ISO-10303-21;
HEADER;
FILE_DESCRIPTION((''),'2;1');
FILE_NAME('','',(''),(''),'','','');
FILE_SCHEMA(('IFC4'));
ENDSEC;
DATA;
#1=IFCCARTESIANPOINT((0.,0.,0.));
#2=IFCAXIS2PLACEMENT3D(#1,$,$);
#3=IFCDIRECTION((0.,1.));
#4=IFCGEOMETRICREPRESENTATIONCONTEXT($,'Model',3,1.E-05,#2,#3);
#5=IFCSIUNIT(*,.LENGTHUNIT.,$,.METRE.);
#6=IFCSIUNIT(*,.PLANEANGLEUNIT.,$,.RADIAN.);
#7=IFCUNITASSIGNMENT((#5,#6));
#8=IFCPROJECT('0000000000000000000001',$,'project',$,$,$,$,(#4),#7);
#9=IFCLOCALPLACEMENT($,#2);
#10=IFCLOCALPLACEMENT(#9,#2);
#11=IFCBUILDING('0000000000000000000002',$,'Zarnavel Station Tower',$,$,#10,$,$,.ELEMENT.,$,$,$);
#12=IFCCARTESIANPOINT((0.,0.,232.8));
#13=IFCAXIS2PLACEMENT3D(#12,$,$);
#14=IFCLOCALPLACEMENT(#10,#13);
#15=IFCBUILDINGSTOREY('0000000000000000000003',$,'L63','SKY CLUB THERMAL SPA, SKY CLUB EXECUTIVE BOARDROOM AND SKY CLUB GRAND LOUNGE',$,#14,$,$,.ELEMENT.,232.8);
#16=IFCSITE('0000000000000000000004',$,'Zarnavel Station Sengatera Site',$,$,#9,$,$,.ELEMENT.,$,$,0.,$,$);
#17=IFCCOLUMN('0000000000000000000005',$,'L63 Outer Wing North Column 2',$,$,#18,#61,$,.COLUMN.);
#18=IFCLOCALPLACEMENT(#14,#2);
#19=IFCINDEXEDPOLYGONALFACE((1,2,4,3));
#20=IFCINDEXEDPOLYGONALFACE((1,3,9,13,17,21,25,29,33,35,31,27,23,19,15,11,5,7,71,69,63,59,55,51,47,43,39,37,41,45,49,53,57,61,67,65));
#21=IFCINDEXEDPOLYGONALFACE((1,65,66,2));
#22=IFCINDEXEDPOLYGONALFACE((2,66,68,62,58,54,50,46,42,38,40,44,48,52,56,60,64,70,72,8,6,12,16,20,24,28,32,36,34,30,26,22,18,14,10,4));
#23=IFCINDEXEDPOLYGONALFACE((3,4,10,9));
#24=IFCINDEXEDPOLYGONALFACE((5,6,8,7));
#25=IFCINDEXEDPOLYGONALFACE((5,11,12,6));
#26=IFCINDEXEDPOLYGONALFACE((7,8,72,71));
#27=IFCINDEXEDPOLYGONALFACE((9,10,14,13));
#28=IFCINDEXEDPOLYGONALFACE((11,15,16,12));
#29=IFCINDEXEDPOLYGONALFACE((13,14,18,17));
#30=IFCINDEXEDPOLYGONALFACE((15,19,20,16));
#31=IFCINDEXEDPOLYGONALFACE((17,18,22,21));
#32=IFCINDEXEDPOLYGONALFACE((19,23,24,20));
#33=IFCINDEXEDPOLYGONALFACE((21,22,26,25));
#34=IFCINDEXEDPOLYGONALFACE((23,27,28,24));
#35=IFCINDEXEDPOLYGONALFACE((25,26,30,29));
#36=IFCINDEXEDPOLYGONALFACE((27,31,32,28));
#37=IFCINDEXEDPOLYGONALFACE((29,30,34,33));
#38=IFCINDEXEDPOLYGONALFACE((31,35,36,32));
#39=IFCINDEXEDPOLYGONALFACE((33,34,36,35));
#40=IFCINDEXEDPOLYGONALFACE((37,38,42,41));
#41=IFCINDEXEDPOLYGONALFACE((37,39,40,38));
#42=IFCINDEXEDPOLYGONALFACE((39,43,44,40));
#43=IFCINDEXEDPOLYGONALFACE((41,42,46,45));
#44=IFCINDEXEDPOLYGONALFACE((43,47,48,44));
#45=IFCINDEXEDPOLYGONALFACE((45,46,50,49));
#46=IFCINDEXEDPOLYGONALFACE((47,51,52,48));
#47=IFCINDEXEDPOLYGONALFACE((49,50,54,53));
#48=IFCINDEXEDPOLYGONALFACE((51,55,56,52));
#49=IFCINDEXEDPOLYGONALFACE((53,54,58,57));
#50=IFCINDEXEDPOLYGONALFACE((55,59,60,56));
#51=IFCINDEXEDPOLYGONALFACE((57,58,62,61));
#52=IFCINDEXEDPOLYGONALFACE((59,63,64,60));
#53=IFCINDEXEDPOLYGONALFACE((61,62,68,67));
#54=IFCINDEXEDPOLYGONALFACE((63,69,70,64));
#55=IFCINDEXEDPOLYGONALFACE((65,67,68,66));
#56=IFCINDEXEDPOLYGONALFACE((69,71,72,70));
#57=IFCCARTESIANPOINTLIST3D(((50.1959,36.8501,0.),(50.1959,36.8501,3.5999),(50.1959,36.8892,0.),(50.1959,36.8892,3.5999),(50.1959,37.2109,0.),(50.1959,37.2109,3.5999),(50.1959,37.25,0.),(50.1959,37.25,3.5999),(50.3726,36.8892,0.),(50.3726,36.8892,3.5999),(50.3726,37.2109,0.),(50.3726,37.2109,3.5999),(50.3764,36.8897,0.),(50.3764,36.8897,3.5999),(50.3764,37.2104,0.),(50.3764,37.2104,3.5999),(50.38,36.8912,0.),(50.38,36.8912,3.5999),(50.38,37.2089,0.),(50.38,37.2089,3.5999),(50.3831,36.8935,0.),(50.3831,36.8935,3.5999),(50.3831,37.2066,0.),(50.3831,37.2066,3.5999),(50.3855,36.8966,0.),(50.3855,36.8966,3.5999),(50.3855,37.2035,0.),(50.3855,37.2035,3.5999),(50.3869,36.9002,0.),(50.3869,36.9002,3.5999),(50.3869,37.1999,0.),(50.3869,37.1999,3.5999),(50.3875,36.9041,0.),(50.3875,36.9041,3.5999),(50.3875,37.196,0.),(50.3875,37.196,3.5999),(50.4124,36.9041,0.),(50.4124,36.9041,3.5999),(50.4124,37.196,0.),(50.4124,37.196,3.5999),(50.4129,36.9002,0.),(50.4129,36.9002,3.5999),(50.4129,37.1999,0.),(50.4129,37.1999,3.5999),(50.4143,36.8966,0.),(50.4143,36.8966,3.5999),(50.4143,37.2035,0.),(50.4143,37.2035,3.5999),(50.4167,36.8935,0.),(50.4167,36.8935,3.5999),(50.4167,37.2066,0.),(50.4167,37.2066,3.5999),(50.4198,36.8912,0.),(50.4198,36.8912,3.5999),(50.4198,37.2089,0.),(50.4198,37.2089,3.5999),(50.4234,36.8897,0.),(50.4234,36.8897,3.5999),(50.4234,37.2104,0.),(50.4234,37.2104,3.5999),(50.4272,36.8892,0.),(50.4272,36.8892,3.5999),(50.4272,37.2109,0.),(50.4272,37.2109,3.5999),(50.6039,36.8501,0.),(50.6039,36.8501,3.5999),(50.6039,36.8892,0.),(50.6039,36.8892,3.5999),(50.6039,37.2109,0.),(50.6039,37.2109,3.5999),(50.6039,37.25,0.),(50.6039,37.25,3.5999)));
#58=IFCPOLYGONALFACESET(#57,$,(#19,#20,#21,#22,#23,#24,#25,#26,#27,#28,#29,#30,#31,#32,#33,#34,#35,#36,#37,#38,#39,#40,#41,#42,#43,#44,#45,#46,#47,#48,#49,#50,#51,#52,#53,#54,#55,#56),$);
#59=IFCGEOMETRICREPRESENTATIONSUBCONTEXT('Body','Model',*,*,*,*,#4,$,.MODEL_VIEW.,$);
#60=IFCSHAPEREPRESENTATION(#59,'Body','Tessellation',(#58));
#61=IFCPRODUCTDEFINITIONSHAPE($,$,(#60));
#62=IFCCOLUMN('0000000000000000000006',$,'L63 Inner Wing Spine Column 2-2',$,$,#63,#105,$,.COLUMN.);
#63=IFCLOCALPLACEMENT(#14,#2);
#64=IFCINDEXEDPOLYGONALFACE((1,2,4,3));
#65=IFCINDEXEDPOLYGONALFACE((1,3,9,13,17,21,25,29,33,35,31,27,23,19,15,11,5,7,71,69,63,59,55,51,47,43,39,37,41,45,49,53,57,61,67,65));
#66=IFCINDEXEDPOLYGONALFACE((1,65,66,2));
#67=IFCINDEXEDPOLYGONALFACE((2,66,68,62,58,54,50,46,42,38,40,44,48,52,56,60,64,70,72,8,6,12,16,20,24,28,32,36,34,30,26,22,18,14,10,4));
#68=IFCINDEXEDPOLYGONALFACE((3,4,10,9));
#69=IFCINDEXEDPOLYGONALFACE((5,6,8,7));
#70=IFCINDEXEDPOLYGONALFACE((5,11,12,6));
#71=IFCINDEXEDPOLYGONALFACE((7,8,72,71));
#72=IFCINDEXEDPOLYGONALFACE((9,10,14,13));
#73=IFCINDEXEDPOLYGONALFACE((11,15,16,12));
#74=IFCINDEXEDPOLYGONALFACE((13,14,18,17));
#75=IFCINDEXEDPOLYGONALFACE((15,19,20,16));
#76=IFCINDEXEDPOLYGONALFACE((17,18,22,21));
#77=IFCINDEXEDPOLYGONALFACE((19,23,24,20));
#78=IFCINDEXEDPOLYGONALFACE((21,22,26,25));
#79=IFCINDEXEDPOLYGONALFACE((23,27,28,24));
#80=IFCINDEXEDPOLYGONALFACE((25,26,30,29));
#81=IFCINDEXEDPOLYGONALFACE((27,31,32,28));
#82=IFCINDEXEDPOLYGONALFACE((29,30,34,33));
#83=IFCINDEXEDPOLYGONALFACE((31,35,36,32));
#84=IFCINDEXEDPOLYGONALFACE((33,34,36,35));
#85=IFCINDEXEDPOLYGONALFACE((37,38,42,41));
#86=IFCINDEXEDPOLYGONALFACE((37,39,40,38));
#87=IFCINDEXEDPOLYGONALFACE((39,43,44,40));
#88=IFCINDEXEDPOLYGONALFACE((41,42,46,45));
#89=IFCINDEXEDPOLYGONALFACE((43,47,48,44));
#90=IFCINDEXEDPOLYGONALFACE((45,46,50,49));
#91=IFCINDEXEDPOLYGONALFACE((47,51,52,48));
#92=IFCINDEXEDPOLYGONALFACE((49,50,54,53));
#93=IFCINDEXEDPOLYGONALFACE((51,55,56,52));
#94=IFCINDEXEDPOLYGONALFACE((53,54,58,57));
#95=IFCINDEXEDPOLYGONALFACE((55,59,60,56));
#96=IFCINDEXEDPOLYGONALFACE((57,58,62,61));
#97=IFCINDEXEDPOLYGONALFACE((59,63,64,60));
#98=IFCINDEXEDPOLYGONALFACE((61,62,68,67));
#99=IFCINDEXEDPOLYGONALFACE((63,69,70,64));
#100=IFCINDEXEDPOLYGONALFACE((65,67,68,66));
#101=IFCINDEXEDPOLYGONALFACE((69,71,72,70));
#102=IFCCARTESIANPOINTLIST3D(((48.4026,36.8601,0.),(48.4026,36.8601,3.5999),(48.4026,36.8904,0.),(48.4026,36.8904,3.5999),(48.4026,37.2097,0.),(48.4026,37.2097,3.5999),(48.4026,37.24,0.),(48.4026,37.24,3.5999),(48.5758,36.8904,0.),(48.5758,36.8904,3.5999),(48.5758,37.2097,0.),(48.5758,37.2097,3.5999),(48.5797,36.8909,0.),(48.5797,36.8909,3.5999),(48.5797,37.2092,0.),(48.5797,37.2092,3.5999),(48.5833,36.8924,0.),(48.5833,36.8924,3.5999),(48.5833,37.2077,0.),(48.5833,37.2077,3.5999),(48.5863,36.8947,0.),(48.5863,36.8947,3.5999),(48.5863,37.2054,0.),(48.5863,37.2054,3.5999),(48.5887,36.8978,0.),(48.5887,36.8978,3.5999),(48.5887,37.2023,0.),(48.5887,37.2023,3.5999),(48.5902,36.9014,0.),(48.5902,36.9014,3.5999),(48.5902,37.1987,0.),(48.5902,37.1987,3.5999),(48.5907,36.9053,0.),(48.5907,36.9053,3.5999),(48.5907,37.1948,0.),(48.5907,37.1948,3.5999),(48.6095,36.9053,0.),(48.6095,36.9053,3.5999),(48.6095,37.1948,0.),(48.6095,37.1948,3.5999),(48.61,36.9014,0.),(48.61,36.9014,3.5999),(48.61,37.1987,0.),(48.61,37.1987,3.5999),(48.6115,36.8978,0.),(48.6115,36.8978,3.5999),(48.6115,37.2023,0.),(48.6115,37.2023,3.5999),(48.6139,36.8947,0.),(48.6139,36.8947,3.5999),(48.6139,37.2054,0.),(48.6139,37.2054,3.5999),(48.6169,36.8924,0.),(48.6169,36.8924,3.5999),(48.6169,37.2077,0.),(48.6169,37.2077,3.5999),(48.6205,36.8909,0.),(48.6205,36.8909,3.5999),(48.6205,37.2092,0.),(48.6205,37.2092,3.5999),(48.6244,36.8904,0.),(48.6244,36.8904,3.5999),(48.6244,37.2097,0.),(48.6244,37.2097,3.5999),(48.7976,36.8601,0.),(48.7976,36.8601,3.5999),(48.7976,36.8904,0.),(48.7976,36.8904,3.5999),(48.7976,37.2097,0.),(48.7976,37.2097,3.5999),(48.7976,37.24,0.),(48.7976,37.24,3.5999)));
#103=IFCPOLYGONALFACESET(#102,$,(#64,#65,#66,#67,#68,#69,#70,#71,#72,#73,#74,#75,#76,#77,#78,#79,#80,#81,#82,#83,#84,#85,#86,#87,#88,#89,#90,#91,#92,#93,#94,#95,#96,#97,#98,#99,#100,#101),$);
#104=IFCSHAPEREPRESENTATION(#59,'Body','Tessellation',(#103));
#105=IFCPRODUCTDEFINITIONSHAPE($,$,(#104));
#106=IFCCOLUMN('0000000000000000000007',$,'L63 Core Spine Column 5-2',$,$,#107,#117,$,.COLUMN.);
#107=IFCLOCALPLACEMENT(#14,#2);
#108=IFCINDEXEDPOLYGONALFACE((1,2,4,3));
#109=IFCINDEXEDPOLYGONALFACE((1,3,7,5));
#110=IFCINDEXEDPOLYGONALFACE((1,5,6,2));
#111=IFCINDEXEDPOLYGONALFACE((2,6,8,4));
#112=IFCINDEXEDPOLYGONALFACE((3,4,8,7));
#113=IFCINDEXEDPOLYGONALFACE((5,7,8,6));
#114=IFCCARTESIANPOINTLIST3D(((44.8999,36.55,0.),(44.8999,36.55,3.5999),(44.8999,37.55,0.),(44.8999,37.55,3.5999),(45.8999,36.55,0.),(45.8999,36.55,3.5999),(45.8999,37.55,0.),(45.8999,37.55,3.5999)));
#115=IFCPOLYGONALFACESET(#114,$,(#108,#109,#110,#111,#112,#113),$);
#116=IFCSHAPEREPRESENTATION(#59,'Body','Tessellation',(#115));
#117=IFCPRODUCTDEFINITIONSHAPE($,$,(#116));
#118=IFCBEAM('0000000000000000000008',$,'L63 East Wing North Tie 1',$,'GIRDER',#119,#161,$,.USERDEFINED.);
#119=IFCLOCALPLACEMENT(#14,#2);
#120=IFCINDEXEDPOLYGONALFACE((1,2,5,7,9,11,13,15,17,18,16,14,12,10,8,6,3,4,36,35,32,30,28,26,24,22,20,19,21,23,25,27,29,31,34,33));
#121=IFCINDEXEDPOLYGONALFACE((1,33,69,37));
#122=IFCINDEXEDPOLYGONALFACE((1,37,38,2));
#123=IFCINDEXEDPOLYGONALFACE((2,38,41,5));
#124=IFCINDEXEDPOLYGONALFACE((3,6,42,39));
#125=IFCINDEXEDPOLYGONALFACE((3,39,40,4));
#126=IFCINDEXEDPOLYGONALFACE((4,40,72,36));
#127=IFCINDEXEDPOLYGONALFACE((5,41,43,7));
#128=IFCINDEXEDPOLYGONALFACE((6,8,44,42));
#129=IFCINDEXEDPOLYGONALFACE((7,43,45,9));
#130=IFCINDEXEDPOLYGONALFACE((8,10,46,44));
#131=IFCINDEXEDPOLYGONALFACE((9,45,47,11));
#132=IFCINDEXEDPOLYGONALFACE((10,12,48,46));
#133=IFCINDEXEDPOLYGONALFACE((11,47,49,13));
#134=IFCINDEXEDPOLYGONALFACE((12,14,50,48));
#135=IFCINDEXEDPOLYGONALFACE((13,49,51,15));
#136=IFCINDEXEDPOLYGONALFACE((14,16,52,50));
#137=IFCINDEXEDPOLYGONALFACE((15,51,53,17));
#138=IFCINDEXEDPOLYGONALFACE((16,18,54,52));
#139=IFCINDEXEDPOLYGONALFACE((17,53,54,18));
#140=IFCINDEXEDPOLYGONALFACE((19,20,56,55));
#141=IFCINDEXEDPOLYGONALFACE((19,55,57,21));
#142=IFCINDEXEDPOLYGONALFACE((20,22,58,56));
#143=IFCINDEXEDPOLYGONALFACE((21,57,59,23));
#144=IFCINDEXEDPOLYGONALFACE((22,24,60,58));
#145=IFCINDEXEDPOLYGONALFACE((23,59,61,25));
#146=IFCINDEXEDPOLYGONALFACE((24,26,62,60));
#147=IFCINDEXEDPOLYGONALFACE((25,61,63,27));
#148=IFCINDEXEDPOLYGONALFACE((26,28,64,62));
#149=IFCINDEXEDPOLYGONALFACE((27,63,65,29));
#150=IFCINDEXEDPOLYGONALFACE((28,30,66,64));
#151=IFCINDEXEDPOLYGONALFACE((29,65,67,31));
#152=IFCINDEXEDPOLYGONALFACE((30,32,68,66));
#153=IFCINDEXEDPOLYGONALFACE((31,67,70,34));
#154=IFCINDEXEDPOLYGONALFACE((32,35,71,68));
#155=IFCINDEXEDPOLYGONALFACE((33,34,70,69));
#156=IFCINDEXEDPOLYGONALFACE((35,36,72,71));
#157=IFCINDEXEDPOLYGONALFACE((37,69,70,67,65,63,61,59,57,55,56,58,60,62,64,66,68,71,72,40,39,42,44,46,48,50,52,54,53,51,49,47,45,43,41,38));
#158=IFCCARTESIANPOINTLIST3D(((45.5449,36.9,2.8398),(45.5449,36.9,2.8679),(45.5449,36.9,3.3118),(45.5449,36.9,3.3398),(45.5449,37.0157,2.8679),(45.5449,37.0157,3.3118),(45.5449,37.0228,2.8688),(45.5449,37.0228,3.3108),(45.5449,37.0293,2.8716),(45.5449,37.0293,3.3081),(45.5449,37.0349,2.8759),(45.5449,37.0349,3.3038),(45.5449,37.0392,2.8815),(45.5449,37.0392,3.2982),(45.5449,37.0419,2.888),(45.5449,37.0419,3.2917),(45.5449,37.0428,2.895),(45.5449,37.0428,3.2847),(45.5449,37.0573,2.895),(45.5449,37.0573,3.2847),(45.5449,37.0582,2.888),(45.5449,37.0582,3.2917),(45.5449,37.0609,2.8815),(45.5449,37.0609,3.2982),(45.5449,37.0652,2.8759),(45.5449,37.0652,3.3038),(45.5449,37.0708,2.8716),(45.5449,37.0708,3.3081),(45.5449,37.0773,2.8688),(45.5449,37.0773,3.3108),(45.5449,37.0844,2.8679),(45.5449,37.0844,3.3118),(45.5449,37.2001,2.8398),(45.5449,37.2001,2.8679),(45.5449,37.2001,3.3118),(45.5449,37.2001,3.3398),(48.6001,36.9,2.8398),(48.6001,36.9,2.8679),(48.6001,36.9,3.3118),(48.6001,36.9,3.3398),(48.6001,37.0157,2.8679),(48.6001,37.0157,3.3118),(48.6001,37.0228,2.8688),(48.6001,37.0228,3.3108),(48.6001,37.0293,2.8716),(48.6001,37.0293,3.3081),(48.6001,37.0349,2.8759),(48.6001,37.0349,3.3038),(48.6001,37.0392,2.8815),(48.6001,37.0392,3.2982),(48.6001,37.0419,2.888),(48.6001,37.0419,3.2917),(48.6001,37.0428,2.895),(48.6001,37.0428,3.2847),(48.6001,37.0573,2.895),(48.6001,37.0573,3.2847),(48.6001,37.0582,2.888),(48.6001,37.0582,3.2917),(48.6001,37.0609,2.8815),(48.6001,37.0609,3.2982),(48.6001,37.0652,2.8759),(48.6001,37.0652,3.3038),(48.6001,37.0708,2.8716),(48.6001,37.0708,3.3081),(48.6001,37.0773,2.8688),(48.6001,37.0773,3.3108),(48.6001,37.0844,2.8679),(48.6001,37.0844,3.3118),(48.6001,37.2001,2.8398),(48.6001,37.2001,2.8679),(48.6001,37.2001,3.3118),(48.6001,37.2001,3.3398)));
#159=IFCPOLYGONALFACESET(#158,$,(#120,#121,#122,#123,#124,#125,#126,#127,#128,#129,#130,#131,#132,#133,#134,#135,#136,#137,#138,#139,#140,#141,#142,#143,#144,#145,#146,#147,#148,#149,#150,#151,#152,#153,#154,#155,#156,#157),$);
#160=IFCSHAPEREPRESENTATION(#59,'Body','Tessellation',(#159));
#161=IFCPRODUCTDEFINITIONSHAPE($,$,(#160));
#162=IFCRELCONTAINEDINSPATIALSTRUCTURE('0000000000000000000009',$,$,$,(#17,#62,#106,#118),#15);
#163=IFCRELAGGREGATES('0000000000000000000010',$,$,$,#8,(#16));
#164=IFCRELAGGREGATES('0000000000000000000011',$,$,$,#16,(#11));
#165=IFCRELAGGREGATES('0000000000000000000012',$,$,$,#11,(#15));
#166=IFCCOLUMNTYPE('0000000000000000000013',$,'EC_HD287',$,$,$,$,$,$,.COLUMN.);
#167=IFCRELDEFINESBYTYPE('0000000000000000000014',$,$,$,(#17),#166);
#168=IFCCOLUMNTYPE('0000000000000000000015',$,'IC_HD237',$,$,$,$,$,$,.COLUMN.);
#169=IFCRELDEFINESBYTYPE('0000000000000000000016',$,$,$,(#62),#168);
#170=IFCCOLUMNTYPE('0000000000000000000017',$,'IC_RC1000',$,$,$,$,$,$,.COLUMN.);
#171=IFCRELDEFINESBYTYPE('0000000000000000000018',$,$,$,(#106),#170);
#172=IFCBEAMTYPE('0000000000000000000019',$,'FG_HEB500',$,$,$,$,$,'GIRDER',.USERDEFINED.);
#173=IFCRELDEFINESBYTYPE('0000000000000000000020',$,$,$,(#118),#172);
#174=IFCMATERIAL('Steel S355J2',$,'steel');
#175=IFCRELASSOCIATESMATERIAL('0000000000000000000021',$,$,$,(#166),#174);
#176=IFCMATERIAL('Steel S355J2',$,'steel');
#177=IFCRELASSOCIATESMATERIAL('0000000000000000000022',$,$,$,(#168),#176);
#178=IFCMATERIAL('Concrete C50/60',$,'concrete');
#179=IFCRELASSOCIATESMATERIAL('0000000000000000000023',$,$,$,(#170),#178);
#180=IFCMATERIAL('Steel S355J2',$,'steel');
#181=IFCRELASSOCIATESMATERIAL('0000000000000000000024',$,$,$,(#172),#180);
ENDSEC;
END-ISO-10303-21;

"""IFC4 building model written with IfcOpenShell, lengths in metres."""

from ifc_helpers import new_model, si_unit, direction, frame, origin, origin_2d, place, context, subcontext, project, spatial, rectangle, i_section, extrude, material, material_profile, profile_set, type_object, element, save


model = new_model("IFC4")

# Units and contexts
model_context = context("Model", 3, precision=1e-05, world=origin(), true_north=direction((0.0, 1.0)))
body_context = subcontext(model_context, "Body", "Model", "MODEL_VIEW")
ifc_project = project(units=[si_unit("LENGTHUNIT", "METRE"), si_unit("PLANEANGLEUNIT", "RADIAN")], contexts=[model_context])

# Site, building, storey
site_placement = place(None, origin())
site = spatial("IfcSite", under=ifc_project, at=site_placement, Name="Zarnavel Station Sengatera Site", CompositionType="ELEMENT", RefElevation=0.0)
building_placement = place(site_placement, origin())
building = spatial("IfcBuilding", under=site, at=building_placement, Name="Zarnavel Station Tower", CompositionType="ELEMENT")
storey_placement = place(building_placement, frame((0.0, 0.0, 232.8)))
storey = spatial("IfcBuildingStorey", under=building, at=storey_placement, Name="L63", Description="SKY CLUB THERMAL SPA, SKY CLUB EXECUTIVE BOARDROOM AND SKY CLUB GRAND LOUNGE", CompositionType="ELEMENT", Elevation=232.8)

# Columns
ifc_material_1 = material(Name="Steel S355J2", Category="steel")
ifc_material_profile_1 = material_profile(ifc_material_1, i_section(OverallWidth=0.408, OverallDepth=0.3999, WebThickness=0.0249, FlangeThickness=0.0391, FilletRadius=0.0149, at=origin_2d()), Name="HD400x287")
ifc_profile_set_1 = profile_set([ifc_material_profile_1], Name="Steel S355J2")
column_type_1 = type_object("IfcColumnType", Name="EC_HD287", PredefinedType="COLUMN", material=ifc_profile_set_1)
column_1_placement = place(storey_placement, frame((50.3999, 37.05, 0.0), z_axis=(0.0, 0.0, 1.0), x_axis=(1.0, 0.0, 0.0)))
element("IfcColumn", 1, at=column_1_placement, inside=storey, type_object=column_type_1, Name="L63 Outer Wing North Column 2", PredefinedType="COLUMN", context=body_context, shape_type="SweptSolid", body=[
    extrude(i_section(OverallWidth=0.408, OverallDepth=0.3999, WebThickness=0.0249, FlangeThickness=0.0391, FilletRadius=0.0149, at=origin_2d()), origin(), (0.0, 0.0, 1.0), 3.5999),
])
ifc_material_2 = material(Name="Steel S355J2", Category="steel")
ifc_material_profile_2 = material_profile(ifc_material_2, i_section(OverallWidth=0.395, OverallDepth=0.3799, WebThickness=0.0188, FlangeThickness=0.0303, FilletRadius=0.0149, at=origin_2d()), Name="HD400x237")
ifc_profile_set_2 = profile_set([ifc_material_profile_2], Name="Steel S355J2")
column_type_2 = type_object("IfcColumnType", Name="IC_HD237", PredefinedType="COLUMN", material=ifc_profile_set_2)
column_2_placement = place(storey_placement, frame((48.6001, 37.05, 0.0), z_axis=(0.0, 0.0, 1.0), x_axis=(1.0, 0.0, 0.0)))
element("IfcColumn", 2, at=column_2_placement, inside=storey, type_object=column_type_2, Name="L63 Inner Wing Spine Column 2-2", PredefinedType="COLUMN", context=body_context, shape_type="SweptSolid", body=[
    extrude(i_section(OverallWidth=0.395, OverallDepth=0.3799, WebThickness=0.0188, FlangeThickness=0.0303, FilletRadius=0.0149, at=origin_2d()), origin(), (0.0, 0.0, 1.0), 3.5999),
])
ifc_material_3 = material(Name="Concrete C50/60", Category="concrete")
ifc_material_profile_3 = material_profile(ifc_material_3, rectangle(XDim=1.0, YDim=1.0, at=origin_2d()), Name="RC1000x1000")
ifc_profile_set_3 = profile_set([ifc_material_profile_3], Name="Concrete C50/60")
column_type_3 = type_object("IfcColumnType", Name="IC_RC1000", PredefinedType="COLUMN", material=ifc_profile_set_3)
column_3_placement = place(storey_placement, frame((45.3999, 37.05, 0.0), z_axis=(0.0, 0.0, 1.0), x_axis=(1.0, 0.0, 0.0)))
element("IfcColumn", 3, at=column_3_placement, inside=storey, type_object=column_type_3, Name="L63 Core Spine Column 5-2", PredefinedType="COLUMN", context=body_context, shape_type="SweptSolid", body=[
    extrude(rectangle(XDim=1.0, YDim=1.0, at=origin_2d()), origin(), (0.0, 0.0, 1.0), 3.5999),
])

# Beam
ifc_material_4 = material(Name="Steel S355J2", Category="steel")
ifc_material_profile_4 = material_profile(ifc_material_4, i_section(OverallWidth=0.3, OverallDepth=0.5, WebThickness=0.0144, FlangeThickness=0.0281, FilletRadius=0.0271, at=origin_2d()), Name="HEB500")
ifc_profile_set_4 = profile_set([ifc_material_profile_4], Name="Steel S355J2")
beam_type = type_object("IfcBeamType", Name="FG_HEB500", ElementType="GIRDER", PredefinedType="USERDEFINED", material=ifc_profile_set_4)
beam_1_placement = place(storey_placement, frame((45.5449, 37.05, 3.0898), z_axis=(1.0, 0.0, 0.0), x_axis=(0.0, 1.0, 0.0)))
element("IfcBeam", 4, at=beam_1_placement, inside=storey, type_object=beam_type, Name="L63 East Wing North Tie 1", ObjectType="GIRDER", PredefinedType="USERDEFINED", context=body_context, shape_type="SweptSolid", body=[
    extrude(i_section(OverallWidth=0.3, OverallDepth=0.5, WebThickness=0.0144, FlangeThickness=0.0281, FilletRadius=0.0271, at=origin_2d()), origin(), (0.0, 0.0, 1.0), 3.0552),
])

save(model, "model.ifc")
